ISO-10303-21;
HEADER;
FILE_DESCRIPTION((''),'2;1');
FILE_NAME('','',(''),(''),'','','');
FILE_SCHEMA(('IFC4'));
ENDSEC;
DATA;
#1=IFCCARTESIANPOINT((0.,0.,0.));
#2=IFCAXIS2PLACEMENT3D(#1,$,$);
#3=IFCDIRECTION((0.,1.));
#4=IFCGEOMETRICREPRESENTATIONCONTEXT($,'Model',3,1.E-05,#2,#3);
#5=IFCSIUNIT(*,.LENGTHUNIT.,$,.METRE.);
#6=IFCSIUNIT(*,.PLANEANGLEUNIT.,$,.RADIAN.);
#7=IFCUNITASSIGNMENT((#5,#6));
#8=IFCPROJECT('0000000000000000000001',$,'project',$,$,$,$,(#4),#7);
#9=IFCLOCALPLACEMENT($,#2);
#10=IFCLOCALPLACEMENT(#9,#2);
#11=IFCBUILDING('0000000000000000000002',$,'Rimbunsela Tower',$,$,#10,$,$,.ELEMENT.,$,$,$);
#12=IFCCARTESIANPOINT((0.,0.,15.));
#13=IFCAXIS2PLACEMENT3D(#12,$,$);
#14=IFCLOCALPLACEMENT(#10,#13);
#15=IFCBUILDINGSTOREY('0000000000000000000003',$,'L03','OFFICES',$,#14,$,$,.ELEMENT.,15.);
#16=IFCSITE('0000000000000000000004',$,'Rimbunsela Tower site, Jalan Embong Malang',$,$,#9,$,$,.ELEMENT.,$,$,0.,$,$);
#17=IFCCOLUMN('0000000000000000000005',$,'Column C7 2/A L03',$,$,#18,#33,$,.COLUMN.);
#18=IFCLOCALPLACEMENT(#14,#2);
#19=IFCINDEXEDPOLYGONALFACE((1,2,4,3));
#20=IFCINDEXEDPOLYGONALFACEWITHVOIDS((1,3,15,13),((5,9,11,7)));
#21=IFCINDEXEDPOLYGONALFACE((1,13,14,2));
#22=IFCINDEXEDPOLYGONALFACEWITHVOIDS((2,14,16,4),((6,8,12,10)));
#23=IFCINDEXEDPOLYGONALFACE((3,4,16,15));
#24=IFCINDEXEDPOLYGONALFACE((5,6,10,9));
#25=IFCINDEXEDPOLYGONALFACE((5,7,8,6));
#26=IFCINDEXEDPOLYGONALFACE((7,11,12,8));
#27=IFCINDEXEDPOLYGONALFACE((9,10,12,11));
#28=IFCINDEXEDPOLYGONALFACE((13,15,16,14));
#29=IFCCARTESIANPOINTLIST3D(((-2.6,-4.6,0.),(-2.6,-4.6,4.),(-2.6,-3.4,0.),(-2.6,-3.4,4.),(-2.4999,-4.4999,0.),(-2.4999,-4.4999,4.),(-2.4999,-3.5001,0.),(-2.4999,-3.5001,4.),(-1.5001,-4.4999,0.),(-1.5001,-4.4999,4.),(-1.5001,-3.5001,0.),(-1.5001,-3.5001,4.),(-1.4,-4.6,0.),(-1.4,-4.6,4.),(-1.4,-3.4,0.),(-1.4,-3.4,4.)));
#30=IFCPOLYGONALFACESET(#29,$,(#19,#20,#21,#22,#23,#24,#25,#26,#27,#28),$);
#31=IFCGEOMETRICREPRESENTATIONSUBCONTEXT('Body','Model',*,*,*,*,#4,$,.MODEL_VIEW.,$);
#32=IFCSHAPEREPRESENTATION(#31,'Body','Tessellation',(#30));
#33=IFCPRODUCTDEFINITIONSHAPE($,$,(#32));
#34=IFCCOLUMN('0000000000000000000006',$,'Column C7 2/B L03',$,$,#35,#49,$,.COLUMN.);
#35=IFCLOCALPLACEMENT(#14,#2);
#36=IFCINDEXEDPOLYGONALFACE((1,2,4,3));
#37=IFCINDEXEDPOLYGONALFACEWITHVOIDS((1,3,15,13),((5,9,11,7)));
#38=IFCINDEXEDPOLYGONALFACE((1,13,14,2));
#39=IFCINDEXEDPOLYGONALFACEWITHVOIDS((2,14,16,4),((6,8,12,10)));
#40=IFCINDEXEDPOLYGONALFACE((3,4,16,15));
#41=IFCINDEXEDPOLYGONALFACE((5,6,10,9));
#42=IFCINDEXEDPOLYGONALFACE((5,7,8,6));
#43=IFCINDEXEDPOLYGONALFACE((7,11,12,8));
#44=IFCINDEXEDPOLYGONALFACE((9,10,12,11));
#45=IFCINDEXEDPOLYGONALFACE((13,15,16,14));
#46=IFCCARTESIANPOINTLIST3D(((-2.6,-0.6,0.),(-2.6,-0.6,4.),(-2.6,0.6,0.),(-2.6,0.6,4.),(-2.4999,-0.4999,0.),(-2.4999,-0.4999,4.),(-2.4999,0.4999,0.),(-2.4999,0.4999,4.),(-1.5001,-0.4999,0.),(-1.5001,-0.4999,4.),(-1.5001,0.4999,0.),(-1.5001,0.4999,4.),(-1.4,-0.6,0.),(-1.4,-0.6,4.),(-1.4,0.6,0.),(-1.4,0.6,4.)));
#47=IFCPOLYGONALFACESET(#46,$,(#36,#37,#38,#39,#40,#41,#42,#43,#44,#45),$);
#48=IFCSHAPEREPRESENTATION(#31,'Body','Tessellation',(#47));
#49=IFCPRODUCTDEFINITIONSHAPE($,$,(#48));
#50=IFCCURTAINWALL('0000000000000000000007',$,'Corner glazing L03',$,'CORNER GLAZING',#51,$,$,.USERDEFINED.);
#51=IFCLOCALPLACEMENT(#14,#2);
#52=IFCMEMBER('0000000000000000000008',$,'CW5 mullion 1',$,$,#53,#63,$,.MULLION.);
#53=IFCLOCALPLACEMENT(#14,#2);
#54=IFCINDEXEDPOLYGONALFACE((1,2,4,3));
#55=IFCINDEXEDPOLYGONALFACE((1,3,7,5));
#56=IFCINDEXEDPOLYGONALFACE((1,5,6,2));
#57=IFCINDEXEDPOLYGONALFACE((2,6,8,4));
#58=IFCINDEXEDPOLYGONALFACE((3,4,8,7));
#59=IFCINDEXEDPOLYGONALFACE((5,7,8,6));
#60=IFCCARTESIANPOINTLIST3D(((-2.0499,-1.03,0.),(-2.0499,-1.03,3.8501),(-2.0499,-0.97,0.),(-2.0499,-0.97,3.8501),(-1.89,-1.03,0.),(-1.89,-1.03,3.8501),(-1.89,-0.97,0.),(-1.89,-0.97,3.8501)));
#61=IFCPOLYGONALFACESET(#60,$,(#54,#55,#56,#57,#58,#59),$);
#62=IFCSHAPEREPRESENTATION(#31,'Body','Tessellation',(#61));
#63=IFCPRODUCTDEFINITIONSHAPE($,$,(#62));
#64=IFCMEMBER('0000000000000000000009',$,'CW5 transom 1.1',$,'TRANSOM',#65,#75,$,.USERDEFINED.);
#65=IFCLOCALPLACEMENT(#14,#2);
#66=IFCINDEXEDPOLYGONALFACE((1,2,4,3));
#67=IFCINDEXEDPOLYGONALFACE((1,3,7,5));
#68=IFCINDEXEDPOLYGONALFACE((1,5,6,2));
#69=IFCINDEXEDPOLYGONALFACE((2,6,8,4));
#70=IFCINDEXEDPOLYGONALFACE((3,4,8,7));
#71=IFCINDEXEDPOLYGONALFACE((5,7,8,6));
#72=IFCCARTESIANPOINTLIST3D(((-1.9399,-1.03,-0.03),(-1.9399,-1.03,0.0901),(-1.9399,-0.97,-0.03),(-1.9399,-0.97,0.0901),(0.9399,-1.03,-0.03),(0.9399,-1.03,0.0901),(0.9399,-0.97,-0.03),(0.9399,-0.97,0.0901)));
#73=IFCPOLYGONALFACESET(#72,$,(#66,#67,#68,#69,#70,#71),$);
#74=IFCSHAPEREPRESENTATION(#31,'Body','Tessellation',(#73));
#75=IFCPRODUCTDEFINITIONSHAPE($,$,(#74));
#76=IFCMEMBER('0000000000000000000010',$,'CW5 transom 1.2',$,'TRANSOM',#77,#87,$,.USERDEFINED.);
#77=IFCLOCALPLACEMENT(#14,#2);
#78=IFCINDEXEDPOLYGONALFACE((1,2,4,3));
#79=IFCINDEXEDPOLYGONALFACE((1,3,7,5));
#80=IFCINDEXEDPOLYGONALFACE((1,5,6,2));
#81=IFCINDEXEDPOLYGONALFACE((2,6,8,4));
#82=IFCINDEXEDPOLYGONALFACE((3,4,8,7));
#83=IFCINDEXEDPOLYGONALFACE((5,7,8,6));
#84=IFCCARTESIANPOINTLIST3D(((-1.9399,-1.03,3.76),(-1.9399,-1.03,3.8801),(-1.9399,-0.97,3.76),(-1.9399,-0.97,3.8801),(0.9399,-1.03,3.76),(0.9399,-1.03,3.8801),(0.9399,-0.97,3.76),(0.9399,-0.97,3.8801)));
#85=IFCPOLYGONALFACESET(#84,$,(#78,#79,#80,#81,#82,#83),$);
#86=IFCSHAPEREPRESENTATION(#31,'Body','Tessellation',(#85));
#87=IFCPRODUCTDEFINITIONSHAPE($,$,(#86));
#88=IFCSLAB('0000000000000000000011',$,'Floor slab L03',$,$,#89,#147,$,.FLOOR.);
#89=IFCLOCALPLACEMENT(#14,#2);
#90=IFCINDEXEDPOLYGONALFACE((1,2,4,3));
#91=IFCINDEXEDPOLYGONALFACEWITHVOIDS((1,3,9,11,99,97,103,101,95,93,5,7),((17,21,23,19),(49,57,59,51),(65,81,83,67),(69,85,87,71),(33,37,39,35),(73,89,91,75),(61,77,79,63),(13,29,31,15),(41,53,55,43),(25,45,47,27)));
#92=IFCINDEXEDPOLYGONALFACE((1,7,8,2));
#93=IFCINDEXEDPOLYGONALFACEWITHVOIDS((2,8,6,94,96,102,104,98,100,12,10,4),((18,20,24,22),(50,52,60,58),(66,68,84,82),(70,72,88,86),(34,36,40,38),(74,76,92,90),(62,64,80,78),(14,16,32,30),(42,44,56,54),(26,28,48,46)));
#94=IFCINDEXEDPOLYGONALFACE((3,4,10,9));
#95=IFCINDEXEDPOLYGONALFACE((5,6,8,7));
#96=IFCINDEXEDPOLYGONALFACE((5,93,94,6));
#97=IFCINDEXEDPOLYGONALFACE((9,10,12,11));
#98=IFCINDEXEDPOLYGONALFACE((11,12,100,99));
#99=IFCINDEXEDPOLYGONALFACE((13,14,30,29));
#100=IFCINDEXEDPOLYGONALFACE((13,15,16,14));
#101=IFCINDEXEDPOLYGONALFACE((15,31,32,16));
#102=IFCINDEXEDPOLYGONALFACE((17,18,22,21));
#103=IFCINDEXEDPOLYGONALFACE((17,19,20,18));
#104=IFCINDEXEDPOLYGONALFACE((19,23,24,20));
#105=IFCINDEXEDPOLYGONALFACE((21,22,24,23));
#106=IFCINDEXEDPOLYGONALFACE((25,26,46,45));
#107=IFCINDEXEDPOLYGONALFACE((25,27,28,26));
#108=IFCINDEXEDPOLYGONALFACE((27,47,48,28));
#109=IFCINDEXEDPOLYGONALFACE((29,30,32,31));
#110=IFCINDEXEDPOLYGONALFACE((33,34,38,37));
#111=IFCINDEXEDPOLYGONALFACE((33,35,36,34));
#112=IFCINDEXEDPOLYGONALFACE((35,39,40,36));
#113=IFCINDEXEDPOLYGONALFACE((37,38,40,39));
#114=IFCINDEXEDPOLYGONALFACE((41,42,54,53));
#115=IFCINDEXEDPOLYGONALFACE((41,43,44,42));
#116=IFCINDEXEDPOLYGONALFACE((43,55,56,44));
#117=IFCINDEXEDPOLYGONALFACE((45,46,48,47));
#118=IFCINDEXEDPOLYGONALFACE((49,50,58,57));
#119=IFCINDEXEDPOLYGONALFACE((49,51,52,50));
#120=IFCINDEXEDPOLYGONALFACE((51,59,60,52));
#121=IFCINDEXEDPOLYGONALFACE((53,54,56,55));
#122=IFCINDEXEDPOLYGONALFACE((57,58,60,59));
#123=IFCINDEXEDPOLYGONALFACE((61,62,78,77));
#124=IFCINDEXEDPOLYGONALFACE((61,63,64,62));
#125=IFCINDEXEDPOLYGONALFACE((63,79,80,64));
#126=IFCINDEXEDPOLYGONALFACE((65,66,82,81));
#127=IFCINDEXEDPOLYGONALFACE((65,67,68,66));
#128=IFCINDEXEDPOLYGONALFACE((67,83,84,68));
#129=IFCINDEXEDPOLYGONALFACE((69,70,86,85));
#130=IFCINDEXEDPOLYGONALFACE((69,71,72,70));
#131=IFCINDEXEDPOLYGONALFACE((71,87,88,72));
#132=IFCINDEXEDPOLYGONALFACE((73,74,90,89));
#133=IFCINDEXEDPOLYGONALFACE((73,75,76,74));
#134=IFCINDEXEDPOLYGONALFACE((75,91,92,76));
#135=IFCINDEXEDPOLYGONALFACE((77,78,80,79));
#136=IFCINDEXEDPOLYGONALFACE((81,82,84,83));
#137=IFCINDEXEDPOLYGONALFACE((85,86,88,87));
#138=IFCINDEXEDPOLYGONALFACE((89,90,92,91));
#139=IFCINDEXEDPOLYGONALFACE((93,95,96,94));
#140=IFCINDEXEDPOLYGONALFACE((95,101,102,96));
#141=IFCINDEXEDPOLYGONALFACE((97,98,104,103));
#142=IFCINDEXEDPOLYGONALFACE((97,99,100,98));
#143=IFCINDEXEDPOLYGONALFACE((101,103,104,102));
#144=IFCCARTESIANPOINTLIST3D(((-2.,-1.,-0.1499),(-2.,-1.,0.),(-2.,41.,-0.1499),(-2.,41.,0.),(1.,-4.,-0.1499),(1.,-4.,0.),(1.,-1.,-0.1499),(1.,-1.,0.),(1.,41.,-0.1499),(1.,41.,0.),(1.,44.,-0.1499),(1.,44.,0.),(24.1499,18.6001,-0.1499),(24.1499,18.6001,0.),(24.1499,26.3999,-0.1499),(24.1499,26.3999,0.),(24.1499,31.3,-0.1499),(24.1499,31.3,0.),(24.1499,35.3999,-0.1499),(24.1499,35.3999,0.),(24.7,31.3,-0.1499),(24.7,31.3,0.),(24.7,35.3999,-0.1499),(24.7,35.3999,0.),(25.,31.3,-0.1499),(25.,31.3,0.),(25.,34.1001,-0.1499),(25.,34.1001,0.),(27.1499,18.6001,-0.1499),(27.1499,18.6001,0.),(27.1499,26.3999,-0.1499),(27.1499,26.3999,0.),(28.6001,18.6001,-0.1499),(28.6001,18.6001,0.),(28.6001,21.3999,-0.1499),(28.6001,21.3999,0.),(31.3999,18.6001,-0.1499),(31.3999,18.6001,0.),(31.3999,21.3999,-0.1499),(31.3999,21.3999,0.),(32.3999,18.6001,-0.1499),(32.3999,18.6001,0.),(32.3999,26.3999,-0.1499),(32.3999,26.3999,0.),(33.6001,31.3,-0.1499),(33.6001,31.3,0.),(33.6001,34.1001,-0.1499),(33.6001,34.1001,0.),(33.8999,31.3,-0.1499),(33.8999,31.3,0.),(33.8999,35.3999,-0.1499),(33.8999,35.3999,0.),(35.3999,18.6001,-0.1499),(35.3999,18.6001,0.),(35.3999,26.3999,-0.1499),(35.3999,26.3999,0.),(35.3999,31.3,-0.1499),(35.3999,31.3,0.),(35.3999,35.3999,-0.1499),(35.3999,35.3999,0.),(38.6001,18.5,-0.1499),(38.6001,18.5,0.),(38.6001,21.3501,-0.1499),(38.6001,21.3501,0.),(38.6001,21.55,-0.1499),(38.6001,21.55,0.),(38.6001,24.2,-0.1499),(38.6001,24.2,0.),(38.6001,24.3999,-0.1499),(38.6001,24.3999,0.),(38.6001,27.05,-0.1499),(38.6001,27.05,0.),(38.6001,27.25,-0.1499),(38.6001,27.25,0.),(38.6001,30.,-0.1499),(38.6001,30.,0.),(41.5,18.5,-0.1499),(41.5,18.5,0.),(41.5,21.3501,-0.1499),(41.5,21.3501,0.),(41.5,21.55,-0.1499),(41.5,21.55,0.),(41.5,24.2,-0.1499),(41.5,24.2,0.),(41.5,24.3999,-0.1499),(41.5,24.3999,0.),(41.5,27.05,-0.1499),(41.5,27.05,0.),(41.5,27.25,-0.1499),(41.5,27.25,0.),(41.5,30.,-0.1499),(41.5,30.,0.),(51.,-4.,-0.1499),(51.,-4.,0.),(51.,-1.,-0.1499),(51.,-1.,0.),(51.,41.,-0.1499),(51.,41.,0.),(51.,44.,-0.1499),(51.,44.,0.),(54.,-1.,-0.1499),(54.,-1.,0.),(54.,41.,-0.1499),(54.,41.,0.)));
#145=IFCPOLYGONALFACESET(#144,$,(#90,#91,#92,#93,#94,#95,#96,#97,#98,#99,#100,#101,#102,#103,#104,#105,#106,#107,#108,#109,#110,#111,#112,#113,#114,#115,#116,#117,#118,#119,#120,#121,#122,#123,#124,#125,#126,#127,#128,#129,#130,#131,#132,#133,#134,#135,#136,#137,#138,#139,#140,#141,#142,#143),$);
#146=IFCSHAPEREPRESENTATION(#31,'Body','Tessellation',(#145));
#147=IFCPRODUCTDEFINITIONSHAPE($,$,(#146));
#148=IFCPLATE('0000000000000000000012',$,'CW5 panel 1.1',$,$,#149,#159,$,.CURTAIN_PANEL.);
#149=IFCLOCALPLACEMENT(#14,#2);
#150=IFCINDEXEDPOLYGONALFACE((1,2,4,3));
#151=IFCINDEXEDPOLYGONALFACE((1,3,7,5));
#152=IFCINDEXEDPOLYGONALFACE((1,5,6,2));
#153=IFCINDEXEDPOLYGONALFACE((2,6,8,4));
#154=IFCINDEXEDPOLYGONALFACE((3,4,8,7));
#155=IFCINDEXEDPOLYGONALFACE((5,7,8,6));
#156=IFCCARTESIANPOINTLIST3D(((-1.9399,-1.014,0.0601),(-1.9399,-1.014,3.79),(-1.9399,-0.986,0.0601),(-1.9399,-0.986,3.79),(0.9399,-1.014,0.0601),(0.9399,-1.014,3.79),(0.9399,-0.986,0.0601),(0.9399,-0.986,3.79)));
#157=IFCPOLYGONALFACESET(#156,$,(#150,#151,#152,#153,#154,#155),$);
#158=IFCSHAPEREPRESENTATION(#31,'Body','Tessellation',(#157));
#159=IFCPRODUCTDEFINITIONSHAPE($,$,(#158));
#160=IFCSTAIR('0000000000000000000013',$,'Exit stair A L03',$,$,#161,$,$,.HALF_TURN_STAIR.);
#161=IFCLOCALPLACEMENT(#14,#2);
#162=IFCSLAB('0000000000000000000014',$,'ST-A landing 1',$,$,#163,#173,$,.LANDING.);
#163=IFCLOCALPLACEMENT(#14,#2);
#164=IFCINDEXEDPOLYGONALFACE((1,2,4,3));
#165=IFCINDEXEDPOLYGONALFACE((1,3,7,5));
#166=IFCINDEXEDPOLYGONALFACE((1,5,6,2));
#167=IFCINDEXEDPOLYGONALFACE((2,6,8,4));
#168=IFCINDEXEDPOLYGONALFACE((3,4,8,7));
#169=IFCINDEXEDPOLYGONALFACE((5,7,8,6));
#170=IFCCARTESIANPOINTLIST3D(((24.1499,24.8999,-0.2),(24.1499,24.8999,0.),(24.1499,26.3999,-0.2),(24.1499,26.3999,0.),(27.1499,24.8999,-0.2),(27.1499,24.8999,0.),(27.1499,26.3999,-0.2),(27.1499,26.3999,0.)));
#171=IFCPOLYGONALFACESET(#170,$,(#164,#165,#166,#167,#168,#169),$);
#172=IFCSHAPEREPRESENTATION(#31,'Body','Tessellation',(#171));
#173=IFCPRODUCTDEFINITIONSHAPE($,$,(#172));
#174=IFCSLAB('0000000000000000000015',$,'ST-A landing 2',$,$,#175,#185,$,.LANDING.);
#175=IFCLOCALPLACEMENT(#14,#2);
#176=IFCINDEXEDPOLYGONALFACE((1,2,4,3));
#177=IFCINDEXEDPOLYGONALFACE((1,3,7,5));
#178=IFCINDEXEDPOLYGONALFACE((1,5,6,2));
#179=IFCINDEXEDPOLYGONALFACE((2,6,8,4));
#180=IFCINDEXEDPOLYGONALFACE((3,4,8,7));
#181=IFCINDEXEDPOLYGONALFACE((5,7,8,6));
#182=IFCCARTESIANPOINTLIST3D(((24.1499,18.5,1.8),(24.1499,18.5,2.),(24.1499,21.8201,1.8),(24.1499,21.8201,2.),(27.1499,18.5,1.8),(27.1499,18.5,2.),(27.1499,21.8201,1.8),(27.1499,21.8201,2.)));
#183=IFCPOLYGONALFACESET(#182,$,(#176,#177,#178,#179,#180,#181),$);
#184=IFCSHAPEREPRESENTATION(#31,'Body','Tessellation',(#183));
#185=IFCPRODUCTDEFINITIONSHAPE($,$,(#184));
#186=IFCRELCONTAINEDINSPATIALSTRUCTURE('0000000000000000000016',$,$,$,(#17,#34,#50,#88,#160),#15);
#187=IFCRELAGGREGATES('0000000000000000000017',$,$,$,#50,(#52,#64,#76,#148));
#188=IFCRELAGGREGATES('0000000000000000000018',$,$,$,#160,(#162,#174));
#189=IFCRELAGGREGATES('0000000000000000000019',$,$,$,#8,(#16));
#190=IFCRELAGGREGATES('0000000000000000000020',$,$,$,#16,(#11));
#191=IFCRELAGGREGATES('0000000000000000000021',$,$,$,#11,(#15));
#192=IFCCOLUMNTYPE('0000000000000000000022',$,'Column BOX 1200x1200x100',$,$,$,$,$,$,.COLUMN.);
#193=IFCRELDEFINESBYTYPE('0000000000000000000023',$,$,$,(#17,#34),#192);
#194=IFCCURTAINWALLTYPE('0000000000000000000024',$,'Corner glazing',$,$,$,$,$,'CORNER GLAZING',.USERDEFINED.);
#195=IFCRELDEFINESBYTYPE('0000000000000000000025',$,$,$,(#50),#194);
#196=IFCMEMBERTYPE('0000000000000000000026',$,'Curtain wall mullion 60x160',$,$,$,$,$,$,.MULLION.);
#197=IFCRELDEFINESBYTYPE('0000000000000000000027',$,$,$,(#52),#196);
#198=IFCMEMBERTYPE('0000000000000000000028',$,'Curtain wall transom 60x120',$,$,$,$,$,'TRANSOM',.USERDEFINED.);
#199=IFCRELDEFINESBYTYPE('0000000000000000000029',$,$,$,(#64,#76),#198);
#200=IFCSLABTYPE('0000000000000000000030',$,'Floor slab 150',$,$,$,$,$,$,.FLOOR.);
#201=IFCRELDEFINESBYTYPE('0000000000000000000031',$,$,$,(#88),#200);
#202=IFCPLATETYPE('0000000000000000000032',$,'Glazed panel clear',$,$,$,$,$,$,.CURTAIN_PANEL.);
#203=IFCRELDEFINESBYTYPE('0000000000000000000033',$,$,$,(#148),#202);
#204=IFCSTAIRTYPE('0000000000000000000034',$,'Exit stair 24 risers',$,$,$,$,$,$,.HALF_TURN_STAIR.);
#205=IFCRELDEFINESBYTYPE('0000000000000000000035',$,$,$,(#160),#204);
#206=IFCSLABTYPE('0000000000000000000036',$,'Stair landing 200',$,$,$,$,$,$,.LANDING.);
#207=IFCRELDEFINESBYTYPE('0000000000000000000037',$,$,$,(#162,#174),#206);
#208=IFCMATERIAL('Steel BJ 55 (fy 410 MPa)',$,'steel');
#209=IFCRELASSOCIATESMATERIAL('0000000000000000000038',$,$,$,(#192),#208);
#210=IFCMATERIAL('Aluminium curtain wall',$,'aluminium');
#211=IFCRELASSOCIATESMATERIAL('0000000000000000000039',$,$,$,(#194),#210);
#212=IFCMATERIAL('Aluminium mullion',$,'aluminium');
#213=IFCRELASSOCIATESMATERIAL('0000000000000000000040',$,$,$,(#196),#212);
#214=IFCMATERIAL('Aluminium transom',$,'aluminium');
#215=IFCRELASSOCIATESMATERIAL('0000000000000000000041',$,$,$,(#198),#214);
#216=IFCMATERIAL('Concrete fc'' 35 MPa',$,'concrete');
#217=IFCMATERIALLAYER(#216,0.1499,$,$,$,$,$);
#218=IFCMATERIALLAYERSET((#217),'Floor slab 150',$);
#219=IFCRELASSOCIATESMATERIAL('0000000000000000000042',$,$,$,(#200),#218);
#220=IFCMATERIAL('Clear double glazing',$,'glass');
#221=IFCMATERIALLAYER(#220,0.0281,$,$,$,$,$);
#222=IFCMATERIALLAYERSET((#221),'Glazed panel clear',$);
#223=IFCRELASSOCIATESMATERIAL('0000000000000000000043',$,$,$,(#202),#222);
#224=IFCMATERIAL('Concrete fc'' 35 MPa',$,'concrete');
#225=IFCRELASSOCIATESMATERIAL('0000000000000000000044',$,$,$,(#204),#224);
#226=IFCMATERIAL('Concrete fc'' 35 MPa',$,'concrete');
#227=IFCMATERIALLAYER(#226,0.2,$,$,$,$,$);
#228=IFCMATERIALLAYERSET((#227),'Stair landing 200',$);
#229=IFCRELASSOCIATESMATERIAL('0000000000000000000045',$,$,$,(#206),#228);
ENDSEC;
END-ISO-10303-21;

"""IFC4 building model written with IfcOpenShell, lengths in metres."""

from ifc_helpers import new_model, si_unit, direction, frame, origin, origin_2d, place, context, subcontext, project, spatial, polyline, rectangle, hollow_rectangle, outline, extrude, material, layer, layer_set, material_profile, profile_set, type_object, element, aggregate, save


model = new_model("IFC4")

# Units and contexts
model_context = context("Model", 3, precision=1e-05, world=origin(), true_north=direction((0.0, 1.0)))
body_context = subcontext(model_context, "Body", "Model", "MODEL_VIEW")
ifc_project = project(units=[si_unit("LENGTHUNIT", "METRE"), si_unit("PLANEANGLEUNIT", "RADIAN")], contexts=[model_context])

# Site, building, storey
site_placement = place(None, origin())
site = spatial("IfcSite", under=ifc_project, at=site_placement, Name="Rimbunsela Tower site, Jalan Embong Malang", CompositionType="ELEMENT", RefElevation=0.0)
building_placement = place(site_placement, origin())
building = spatial("IfcBuilding", under=site, at=building_placement, Name="Rimbunsela Tower", CompositionType="ELEMENT")
storey_placement = place(building_placement, frame((0.0, 0.0, 15.0)))
storey = spatial("IfcBuildingStorey", under=building, at=storey_placement, Name="L03", Description="OFFICES", CompositionType="ELEMENT", Elevation=15.0)

# Columns
ifc_material_1 = material(Name="Steel BJ 55 (fy 410 MPa)", Category="steel")
ifc_material_profile_1 = material_profile(ifc_material_1, hollow_rectangle(XDim=1.2, YDim=1.2, WallThickness=0.1001, at=origin_2d()), Name="BOX 1200x1200x100")
ifc_profile_set_1 = profile_set([ifc_material_profile_1], Name="Steel BJ 55 (fy 410 MPa)")
column_type = type_object("IfcColumnType", Name="Column BOX 1200x1200x100", PredefinedType="COLUMN", material=ifc_profile_set_1)
for number, where, z_axis, x_axis, name in (
    (1, (-2.0, -4.0, 0.0), (0.0, 0.0, 1.0), (1.0, 0.0, 0.0), "Column C7 2/A L03"),
    (2, (-2.0, 0.0, 0.0), (0.0, 0.0, 1.0), (1.0, 0.0, 0.0), "Column C7 2/B L03"),
):
    element("IfcColumn", number, at=place(storey_placement, frame(where, z_axis=z_axis, x_axis=x_axis)), inside=storey, type_object=column_type, Name=name, PredefinedType="COLUMN", context=body_context, shape_type="SweptSolid", body=[
        extrude(hollow_rectangle(XDim=1.2, YDim=1.2, WallThickness=0.1001, at=origin_2d()), origin(), (0.0, 0.0, 1.0), 4.0),
    ])

# Curtain wall, members
ifc_material_2 = material(Name="Aluminium curtain wall", Category="aluminium")
curtain_wall_type = type_object("IfcCurtainWallType", Name="Corner glazing", ElementType="CORNER GLAZING", PredefinedType="USERDEFINED", material=ifc_material_2)
curtain_wall_placement = place(storey_placement, origin())
curtain_wall = element("IfcCurtainWall", 3, at=curtain_wall_placement, inside=storey, type_object=curtain_wall_type, Name="Corner glazing L03", ObjectType="CORNER GLAZING", PredefinedType="USERDEFINED")
ifc_material_3 = material(Name="Aluminium mullion", Category="aluminium")
ifc_material_profile_2 = material_profile(ifc_material_3, rectangle(XDim=0.0601, YDim=0.1599, at=origin_2d()), Name="Mullion 60x160")
ifc_profile_set_2 = profile_set([ifc_material_profile_2], Name="Aluminium mullion")
member_type_1 = type_object("IfcMemberType", Name="Curtain wall mullion 60x160", PredefinedType="MULLION", material=ifc_profile_set_2)
member_1_placement = place(storey_placement, frame((-1.97, -1.0, 0.0), z_axis=(0.0, 0.0, 1.0), x_axis=(0.0, 1.0, 0.0)))
member_1 = element("IfcMember", 4, at=member_1_placement, type_object=member_type_1, Name="CW5 mullion 1", PredefinedType="MULLION", context=body_context, shape_type="SweptSolid", body=[
    extrude(rectangle(XDim=0.0601, YDim=0.1599, at=origin_2d()), origin(), (0.0, 0.0, 1.0), 3.8501),
])
ifc_material_4 = material(Name="Aluminium transom", Category="aluminium")
ifc_material_profile_3 = material_profile(ifc_material_4, rectangle(XDim=0.0601, YDim=0.1201, at=origin_2d()), Name="Transom 60x120")
ifc_profile_set_3 = profile_set([ifc_material_profile_3], Name="Aluminium transom")
member_type_2 = type_object("IfcMemberType", Name="Curtain wall transom 60x120", ElementType="TRANSOM", PredefinedType="USERDEFINED", material=ifc_profile_set_3)
member_2_placement = place(storey_placement, frame((-1.9399, -1.0, 0.03), z_axis=(1.0, 0.0, 0.0), x_axis=(0.0, 1.0, 0.0)))
member_2 = element("IfcMember", 5, at=member_2_placement, type_object=member_type_2, Name="CW5 transom 1.1", ObjectType="TRANSOM", PredefinedType="USERDEFINED", context=body_context, shape_type="SweptSolid", body=[
    extrude(rectangle(XDim=0.0601, YDim=0.1201, at=origin_2d()), origin(), (0.0, 0.0, 1.0), 2.8799),
])
member_3_placement = place(storey_placement, frame((-1.9399, -1.0, 3.8201), z_axis=(1.0, 0.0, 0.0), x_axis=(0.0, 1.0, 0.0)))
member_3 = element("IfcMember", 6, at=member_3_placement, type_object=member_type_2, Name="CW5 transom 1.2", ObjectType="TRANSOM", PredefinedType="USERDEFINED", context=body_context, shape_type="SweptSolid", body=[
    extrude(rectangle(XDim=0.0601, YDim=0.1201, at=origin_2d()), origin(), (0.0, 0.0, 1.0), 2.8799),
])

# Slab
ifc_material_5 = material(Name="Concrete fc' 35 MPa", Category="concrete")
ifc_layer_1 = layer(ifc_material_5, 0.1499)
ifc_layer_set_1 = layer_set([ifc_layer_1], Name="Floor slab 150")
slab_type_1 = type_object("IfcSlabType", Name="Floor slab 150", PredefinedType="FLOOR", material=ifc_layer_set_1)
slab_1_placement = place(storey_placement, frame((0.0, 0.0, -0.1499)))
element("IfcSlab", 7, at=slab_1_placement, inside=storey, type_object=slab_type_1, Name="Floor slab L03", PredefinedType="FLOOR", context=body_context, shape_type="SweptSolid", body=[
    extrude(outline(polyline([(1.0, -4.0), (51.0, -4.0), (51.0, -1.0), (54.0, -1.0), (54.0, 41.0), (51.0, 41.0), (51.0, 44.0), (1.0, 44.0), (1.0, 41.0), (-2.0, 41.0), (-2.0, -1.0), (1.0, -1.0), (1.0, -4.0)]), holes=[polyline([(27.1499, 18.6001), (27.1499, 26.3999), (24.1499, 26.3999), (24.1499, 18.6001), (27.1499, 18.6001)]), polyline([(24.7, 31.3), (24.7, 35.3999), (24.1499, 35.3999), (24.1499, 31.3), (24.7, 31.3)]), polyline([(25.0, 34.1001), (25.0, 31.3), (33.6001, 31.3), (33.6001, 34.1001), (25.0, 34.1001)]), polyline([(31.3999, 21.3999), (28.6001, 21.3999), (28.6001, 18.6001), (31.3999, 18.6001), (31.3999, 21.3999)]), polyline([(35.3999, 18.6001), (35.3999, 26.3999), (32.3999, 26.3999), (32.3999, 18.6001), (35.3999, 18.6001)]), polyline([(35.3999, 31.3), (35.3999, 35.3999), (33.8999, 35.3999), (33.8999, 31.3), (35.3999, 31.3)]), polyline([(41.5, 21.3501), (38.6001, 21.3501), (38.6001, 18.5), (41.5, 18.5), (41.5, 21.3501)]), polyline([(41.5, 21.55), (41.5, 24.2), (38.6001, 24.2), (38.6001, 21.55), (41.5, 21.55)]), polyline([(41.5, 27.05), (38.6001, 27.05), (38.6001, 24.3999), (41.5, 24.3999), (41.5, 27.05)]), polyline([(41.5, 27.25), (41.5, 30.0), (38.6001, 30.0), (38.6001, 27.25), (41.5, 27.25)])]), origin(), (0.0, 0.0, 1.0), 0.1499),
])

# Plate
ifc_material_6 = material(Name="Clear double glazing", Category="glass")
ifc_layer_2 = layer(ifc_material_6, 0.0281)
ifc_layer_set_2 = layer_set([ifc_layer_2], Name="Glazed panel clear")
plate_type = type_object("IfcPlateType", Name="Glazed panel clear", PredefinedType="CURTAIN_PANEL", material=ifc_layer_set_2)
plate_placement = place(storey_placement, frame((-0.5, -1.0, 0.0601), z_axis=(0.0, 0.0, 1.0), x_axis=(1.0, 0.0, 0.0)))
plate = element("IfcPlate", 8, at=plate_placement, type_object=plate_type, Name="CW5 panel 1.1", PredefinedType="CURTAIN_PANEL", context=body_context, shape_type="SweptSolid", body=[
    extrude(rectangle(XDim=2.8799, YDim=0.0281, at=origin_2d()), origin(), (0.0, 0.0, 1.0), 3.73),
])
aggregate(curtain_wall, [member_1, member_2, member_3, plate])

# Stair, slabs
ifc_material_7 = material(Name="Concrete fc' 35 MPa", Category="concrete")
stair_type = type_object("IfcStairType", Name="Exit stair 24 risers", PredefinedType="HALF_TURN_STAIR", material=ifc_material_7)
stair_1_placement = place(storey_placement, origin())
stair_1 = element("IfcStair", 9, at=stair_1_placement, inside=storey, type_object=stair_type, Name="Exit stair A L03", PredefinedType="HALF_TURN_STAIR")
ifc_material_8 = material(Name="Concrete fc' 35 MPa", Category="concrete")
ifc_layer_3 = layer(ifc_material_8, 0.2)
ifc_layer_set_3 = layer_set([ifc_layer_3], Name="Stair landing 200")
slab_type_2 = type_object("IfcSlabType", Name="Stair landing 200", PredefinedType="LANDING", material=ifc_layer_set_3)
slab_2_placement = place(storey_placement, frame((0.0, 0.0, -0.2)))
slab_2 = element("IfcSlab", 10, at=slab_2_placement, type_object=slab_type_2, Name="ST-A landing 1", PredefinedType="LANDING", context=body_context, shape_type="SweptSolid", body=[
    extrude(outline(polyline([(24.1499, 24.8999), (27.1499, 24.8999), (27.1499, 26.3999), (24.1499, 26.3999), (24.1499, 24.8999)])), origin(), (0.0, 0.0, 1.0), 0.2),
])
slab_3_placement = place(storey_placement, frame((0.0, 0.0, 1.8)))
slab_3 = element("IfcSlab", 11, at=slab_3_placement, type_object=slab_type_2, Name="ST-A landing 2", PredefinedType="LANDING", context=body_context, shape_type="SweptSolid", body=[
    extrude(outline(polyline([(24.1499, 18.5), (27.1499, 18.5), (27.1499, 21.8201), (24.1499, 21.8201), (24.1499, 18.5)])), origin(), (0.0, 0.0, 1.0), 0.2),
])
aggregate(stair_1, [slab_2, slab_3])

save(model, "model.ifc")
